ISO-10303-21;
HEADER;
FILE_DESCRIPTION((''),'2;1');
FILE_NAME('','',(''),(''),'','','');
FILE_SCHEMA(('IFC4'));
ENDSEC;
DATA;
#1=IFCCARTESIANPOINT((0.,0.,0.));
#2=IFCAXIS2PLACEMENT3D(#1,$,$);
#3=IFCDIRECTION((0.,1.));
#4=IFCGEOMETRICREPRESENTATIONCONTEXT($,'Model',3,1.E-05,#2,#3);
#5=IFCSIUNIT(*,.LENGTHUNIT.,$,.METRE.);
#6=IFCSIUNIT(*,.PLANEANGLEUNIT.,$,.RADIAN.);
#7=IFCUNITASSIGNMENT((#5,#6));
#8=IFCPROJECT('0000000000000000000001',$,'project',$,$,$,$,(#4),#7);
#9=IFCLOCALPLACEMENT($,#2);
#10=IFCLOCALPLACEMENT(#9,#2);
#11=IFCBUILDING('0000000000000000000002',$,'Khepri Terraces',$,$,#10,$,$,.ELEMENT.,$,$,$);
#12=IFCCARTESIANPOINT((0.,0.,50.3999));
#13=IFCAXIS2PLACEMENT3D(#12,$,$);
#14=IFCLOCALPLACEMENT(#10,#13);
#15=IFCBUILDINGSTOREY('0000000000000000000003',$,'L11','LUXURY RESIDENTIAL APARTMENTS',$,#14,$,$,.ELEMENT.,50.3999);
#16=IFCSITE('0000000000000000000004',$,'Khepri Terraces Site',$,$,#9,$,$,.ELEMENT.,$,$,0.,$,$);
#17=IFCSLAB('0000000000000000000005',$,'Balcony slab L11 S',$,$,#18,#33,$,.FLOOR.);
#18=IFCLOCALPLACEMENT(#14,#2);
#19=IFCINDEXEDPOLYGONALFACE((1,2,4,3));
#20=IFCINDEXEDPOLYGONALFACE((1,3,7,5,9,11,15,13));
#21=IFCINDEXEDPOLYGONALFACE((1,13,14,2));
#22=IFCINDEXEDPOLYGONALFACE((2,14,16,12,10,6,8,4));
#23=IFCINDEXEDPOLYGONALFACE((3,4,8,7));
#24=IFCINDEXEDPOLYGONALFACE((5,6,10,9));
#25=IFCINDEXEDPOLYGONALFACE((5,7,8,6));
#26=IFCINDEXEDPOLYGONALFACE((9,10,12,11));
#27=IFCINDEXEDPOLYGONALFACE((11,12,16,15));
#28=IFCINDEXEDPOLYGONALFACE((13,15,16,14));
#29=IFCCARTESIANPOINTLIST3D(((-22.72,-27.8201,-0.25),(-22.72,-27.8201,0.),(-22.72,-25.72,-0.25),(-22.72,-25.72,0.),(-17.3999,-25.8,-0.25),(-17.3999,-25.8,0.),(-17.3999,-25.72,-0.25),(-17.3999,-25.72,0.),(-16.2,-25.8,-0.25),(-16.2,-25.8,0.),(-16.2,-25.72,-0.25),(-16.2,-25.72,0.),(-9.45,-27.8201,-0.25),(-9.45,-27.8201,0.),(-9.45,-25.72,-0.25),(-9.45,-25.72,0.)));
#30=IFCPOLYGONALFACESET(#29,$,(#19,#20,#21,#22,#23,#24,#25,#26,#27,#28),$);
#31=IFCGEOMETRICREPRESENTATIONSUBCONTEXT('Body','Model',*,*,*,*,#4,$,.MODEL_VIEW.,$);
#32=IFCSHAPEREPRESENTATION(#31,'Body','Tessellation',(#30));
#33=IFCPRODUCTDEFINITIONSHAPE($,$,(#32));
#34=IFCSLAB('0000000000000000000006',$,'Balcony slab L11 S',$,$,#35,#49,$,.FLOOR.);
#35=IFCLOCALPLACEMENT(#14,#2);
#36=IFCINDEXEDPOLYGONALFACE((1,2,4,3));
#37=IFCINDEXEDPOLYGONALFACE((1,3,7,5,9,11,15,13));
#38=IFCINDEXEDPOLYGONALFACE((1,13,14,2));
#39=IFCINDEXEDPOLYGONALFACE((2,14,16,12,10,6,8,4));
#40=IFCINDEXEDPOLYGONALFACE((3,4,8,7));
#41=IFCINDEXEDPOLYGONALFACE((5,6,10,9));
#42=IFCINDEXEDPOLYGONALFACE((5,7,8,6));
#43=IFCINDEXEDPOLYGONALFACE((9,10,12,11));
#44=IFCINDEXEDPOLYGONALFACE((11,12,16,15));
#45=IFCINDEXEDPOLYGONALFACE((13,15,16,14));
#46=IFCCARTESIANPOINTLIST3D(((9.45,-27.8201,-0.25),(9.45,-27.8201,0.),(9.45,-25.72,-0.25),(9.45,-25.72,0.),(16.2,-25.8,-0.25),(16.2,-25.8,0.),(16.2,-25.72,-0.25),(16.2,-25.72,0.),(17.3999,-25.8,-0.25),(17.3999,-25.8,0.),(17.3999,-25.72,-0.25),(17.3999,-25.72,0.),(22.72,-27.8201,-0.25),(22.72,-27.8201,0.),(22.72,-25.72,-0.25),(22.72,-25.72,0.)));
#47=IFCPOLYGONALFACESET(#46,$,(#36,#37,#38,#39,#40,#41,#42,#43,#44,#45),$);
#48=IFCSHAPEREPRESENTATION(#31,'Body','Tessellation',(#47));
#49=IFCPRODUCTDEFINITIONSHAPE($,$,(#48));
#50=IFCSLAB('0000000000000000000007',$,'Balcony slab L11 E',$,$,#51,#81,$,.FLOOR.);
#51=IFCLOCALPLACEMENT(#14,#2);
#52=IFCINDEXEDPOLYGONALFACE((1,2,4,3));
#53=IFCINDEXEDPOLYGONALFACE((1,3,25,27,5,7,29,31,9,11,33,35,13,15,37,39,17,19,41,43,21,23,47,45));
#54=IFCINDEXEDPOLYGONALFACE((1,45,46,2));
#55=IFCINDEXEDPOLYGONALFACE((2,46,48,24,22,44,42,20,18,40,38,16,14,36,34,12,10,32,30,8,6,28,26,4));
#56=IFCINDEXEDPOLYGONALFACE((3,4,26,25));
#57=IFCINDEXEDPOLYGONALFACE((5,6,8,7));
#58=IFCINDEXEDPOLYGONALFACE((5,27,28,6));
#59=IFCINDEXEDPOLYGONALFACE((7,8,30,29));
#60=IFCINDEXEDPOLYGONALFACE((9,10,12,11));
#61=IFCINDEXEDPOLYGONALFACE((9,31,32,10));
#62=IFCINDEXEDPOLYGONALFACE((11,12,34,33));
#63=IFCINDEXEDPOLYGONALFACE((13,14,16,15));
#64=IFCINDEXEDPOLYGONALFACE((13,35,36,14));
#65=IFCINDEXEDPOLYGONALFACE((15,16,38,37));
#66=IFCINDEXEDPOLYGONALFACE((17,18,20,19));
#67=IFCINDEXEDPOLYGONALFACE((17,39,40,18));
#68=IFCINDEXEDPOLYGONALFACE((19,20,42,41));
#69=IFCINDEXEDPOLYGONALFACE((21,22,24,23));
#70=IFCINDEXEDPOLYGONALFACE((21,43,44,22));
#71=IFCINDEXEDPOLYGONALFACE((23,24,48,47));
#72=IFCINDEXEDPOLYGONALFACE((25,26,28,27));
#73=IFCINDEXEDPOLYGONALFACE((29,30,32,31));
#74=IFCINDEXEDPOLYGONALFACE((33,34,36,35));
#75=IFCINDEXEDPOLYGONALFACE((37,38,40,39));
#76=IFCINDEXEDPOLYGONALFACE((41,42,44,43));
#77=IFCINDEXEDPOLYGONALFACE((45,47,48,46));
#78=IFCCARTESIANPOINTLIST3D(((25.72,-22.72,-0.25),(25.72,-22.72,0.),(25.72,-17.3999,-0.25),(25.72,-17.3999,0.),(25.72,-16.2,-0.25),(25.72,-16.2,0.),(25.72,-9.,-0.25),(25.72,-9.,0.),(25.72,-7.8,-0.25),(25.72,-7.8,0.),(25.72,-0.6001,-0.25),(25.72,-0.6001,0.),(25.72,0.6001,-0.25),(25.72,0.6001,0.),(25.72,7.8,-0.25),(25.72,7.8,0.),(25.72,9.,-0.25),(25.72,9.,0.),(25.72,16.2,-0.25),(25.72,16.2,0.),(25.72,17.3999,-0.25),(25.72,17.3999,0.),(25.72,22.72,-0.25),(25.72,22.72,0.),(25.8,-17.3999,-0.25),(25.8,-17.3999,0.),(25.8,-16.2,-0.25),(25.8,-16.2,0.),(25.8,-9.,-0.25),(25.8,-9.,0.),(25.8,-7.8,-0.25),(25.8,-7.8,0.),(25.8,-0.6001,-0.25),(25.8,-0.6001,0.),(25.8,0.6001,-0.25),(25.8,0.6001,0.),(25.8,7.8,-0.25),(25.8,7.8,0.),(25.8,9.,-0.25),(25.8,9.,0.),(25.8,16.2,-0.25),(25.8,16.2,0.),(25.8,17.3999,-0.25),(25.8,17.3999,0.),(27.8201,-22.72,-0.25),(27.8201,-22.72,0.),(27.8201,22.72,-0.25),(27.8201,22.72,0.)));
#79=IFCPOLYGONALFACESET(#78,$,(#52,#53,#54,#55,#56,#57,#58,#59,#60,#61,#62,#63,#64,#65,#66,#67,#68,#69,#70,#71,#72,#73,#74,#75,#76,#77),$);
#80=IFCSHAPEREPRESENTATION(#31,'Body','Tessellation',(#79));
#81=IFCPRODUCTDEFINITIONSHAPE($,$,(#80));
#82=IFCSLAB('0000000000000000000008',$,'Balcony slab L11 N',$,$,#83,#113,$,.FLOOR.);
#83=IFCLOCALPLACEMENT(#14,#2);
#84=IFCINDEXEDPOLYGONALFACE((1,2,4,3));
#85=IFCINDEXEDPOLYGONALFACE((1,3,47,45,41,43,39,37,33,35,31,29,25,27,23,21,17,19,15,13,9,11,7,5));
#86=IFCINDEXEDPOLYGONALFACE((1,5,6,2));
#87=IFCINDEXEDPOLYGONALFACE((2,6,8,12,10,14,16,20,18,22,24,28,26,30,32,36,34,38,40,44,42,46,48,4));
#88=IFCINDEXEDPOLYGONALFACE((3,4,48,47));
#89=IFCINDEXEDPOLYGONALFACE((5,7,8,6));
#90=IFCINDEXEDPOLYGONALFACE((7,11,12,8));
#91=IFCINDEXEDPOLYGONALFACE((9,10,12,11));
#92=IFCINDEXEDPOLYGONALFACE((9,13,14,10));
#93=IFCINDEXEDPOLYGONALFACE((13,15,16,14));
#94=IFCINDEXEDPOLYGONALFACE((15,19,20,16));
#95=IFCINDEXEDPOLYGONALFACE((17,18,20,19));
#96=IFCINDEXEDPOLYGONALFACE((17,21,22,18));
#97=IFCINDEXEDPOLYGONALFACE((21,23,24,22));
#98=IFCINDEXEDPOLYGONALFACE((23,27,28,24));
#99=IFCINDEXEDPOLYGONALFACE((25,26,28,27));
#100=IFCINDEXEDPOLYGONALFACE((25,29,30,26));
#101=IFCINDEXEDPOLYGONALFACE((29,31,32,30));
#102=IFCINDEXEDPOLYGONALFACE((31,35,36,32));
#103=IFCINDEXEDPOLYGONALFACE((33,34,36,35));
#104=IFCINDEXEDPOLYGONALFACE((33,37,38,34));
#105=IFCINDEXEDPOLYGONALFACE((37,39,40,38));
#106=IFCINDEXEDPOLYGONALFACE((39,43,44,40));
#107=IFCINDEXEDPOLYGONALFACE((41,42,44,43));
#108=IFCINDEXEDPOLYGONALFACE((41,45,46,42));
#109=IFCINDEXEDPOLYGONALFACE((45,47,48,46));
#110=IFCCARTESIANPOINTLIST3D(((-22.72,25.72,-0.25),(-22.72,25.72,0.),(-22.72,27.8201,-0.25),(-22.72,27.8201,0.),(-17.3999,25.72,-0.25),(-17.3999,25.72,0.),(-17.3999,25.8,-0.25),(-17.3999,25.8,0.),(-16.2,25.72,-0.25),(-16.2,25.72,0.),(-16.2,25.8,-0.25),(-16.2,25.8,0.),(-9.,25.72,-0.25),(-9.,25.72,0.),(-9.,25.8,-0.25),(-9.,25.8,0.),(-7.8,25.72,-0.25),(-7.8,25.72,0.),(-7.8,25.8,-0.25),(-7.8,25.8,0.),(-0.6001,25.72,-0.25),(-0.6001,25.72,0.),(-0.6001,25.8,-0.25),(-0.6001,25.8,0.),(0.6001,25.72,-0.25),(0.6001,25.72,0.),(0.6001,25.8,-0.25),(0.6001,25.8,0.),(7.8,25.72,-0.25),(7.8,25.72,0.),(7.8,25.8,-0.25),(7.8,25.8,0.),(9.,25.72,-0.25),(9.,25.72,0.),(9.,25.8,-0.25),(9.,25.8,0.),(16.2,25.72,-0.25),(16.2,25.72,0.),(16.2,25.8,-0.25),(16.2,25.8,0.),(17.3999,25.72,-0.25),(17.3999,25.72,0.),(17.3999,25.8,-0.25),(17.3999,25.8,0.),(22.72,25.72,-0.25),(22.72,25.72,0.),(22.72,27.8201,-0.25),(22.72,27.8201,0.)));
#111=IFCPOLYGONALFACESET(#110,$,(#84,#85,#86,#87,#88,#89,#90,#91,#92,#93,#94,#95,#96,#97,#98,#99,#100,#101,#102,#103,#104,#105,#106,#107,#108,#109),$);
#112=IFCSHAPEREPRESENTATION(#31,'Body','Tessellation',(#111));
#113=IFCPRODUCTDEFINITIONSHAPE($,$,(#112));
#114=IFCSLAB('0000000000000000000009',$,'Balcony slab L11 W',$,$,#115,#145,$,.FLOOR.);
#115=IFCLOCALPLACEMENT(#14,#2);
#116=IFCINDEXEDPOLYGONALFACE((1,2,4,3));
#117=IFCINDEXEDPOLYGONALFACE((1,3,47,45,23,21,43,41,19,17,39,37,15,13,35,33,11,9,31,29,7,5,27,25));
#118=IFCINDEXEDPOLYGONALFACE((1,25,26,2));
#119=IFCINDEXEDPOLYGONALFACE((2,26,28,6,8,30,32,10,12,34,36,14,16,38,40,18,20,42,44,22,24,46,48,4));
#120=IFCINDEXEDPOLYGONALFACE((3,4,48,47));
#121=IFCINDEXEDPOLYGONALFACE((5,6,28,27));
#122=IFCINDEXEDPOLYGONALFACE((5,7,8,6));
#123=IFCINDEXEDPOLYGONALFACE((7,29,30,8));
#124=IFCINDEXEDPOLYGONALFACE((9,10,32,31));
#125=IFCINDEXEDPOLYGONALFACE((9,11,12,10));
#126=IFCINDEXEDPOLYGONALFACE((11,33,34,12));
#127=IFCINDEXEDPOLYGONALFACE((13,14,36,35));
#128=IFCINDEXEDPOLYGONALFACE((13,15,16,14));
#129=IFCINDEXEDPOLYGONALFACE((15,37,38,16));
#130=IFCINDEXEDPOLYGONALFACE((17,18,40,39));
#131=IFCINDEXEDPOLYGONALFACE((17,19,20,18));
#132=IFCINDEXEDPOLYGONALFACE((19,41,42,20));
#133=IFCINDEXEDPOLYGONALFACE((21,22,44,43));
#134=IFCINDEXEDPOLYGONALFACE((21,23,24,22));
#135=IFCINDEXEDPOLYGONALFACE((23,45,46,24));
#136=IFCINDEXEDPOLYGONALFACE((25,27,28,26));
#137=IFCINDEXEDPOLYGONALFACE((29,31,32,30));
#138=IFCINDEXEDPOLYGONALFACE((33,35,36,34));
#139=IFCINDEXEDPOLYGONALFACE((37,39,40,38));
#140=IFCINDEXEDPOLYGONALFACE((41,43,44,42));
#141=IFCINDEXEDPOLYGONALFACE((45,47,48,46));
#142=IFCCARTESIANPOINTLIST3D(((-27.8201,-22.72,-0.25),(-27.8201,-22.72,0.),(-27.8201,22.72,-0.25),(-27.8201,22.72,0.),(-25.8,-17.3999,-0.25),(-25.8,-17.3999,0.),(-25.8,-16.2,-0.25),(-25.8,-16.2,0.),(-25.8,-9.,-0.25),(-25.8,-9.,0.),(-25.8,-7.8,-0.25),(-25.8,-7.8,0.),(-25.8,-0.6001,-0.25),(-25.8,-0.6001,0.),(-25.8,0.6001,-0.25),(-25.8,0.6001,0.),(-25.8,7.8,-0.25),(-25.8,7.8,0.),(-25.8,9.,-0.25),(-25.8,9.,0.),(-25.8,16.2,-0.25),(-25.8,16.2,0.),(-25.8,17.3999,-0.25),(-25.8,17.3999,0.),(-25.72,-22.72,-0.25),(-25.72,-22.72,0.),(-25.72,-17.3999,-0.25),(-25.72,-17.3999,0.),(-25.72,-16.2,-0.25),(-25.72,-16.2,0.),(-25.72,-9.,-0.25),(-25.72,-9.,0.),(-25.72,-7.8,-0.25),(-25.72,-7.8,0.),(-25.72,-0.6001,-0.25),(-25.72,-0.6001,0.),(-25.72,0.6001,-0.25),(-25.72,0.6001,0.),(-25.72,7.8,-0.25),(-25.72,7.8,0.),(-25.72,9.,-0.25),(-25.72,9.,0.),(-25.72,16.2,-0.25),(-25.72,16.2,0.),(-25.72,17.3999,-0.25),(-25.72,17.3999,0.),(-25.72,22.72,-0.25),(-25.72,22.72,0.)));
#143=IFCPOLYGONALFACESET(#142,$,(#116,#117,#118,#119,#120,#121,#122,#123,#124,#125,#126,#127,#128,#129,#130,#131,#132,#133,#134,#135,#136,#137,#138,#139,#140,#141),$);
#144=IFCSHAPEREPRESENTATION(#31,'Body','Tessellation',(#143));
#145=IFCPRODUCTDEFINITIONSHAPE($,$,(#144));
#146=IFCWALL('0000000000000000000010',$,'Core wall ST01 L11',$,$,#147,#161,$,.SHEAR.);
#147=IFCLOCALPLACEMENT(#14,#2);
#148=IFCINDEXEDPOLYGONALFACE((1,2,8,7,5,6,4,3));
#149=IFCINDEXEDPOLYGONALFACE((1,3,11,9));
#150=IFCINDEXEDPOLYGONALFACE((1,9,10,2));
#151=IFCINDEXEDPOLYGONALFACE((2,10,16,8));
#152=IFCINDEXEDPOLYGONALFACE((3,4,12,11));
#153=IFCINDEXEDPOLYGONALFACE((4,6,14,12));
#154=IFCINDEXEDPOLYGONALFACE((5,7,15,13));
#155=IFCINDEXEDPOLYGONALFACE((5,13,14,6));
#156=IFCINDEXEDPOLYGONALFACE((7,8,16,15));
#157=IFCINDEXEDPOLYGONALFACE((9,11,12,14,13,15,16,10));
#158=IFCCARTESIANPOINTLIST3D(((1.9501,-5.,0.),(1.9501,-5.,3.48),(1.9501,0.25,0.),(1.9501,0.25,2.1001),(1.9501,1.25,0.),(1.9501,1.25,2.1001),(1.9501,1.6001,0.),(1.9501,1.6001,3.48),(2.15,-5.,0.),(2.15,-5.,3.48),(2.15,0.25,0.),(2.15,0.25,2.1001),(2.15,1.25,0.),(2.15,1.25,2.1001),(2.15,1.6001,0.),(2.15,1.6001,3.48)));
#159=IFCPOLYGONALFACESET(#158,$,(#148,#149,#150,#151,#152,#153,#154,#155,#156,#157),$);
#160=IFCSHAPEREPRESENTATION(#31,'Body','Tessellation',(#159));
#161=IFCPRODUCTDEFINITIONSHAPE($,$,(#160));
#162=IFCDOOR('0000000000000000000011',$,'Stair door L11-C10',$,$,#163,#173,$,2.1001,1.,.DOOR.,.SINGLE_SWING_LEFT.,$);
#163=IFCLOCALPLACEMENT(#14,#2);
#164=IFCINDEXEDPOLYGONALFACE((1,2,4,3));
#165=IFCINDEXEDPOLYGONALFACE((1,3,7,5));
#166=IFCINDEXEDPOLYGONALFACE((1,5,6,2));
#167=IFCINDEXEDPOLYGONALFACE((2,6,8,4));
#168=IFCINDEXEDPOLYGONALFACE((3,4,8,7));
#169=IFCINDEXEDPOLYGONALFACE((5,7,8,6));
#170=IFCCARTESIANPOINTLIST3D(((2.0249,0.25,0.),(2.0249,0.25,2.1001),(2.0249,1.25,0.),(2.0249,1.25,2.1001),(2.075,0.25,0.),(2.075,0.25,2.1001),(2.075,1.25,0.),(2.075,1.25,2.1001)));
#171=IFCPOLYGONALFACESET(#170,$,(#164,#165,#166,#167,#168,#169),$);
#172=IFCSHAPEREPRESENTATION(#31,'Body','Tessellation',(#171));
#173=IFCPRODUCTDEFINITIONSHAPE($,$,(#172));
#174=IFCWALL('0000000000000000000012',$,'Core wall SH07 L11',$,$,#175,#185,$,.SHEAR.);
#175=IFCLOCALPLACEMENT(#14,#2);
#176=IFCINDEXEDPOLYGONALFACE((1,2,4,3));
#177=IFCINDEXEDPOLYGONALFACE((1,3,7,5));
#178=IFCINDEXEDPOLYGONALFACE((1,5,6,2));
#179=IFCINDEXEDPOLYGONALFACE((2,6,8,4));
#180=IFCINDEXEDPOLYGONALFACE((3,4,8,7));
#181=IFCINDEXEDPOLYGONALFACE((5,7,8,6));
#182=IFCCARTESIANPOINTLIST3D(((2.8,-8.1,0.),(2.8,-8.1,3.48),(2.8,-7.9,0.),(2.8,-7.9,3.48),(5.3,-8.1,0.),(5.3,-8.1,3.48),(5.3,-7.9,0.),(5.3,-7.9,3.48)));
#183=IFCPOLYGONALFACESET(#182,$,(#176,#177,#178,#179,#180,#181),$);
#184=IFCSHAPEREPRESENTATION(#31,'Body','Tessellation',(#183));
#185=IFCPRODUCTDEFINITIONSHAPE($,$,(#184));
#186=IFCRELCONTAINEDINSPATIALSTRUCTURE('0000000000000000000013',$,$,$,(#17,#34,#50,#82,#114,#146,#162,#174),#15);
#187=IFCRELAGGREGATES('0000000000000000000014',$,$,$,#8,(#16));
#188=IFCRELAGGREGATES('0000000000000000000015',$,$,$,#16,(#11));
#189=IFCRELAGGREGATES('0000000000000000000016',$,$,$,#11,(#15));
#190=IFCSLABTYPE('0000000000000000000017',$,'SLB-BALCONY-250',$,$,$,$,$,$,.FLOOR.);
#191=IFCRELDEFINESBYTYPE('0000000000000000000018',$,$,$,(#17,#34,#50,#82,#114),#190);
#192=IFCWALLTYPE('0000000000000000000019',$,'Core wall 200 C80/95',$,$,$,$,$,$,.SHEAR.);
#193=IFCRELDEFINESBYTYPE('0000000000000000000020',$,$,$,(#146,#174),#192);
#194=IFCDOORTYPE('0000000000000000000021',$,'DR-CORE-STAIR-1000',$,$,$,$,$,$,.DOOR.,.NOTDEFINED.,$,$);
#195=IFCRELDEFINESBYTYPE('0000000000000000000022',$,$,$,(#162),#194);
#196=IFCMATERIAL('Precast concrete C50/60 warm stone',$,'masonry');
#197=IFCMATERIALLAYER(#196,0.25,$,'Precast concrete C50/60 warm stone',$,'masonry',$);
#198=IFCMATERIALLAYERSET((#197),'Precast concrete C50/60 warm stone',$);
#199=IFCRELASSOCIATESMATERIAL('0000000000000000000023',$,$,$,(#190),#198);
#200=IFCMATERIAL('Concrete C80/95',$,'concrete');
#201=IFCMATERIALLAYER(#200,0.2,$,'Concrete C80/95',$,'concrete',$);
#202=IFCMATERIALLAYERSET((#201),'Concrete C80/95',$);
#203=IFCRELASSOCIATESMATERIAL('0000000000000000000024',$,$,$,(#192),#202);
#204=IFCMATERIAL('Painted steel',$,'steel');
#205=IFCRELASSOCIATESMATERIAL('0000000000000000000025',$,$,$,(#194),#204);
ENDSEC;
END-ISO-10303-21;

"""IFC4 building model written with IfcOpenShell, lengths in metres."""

from ifc_helpers import new_model, si_unit, direction, frame, frame_2d, origin, place, context, subcontext, project, spatial, polyline, rectangle, outline, extrude, material, layer, layer_set, type_object, element, fill, save


model = new_model("IFC4")

# Units and contexts
model_context = context("Model", 3, precision=1e-05, world=origin(), true_north=direction((0.0, 1.0)))
body_context = subcontext(model_context, "Body", "Model", "MODEL_VIEW")
ifc_project = project(units=[si_unit("LENGTHUNIT", "METRE"), si_unit("PLANEANGLEUNIT", "RADIAN")], contexts=[model_context])

# Site, building, storey
site_placement = place(None, origin())
site = spatial("IfcSite", under=ifc_project, at=site_placement, Name="Khepri Terraces Site", CompositionType="ELEMENT", RefElevation=0.0)
building_placement = place(site_placement, origin())
building = spatial("IfcBuilding", under=site, at=building_placement, Name="Khepri Terraces", CompositionType="ELEMENT")
storey_placement = place(building_placement, frame((0.0, 0.0, 50.3999)))
storey = spatial("IfcBuildingStorey", under=building, at=storey_placement, Name="L11", Description="LUXURY RESIDENTIAL APARTMENTS", CompositionType="ELEMENT", Elevation=50.3999)

# Slabs
ifc_material_1 = material(Name="Precast concrete C50/60 warm stone", Category="masonry")
ifc_layer_1 = layer(ifc_material_1, 0.25, Name="Precast concrete C50/60 warm stone", Category="masonry")
ifc_layer_set_1 = layer_set([ifc_layer_1], Name="Precast concrete C50/60 warm stone")
slab_type = type_object("IfcSlabType", Name="SLB-BALCONY-250", PredefinedType="FLOOR", material=ifc_layer_set_1)
slab_1_placement = place(storey_placement, frame((0.0, 0.0, -0.25)))
element("IfcSlab", 1, at=slab_1_placement, inside=storey, type_object=slab_type, Name="Balcony slab L11 S", PredefinedType="FLOOR", context=body_context, shape_type="SweptSolid", body=[
    extrude(outline(polyline([(-17.3999, -25.72), (-22.72, -25.72), (-22.72, -27.8201), (-9.45, -27.8201), (-9.45, -25.72), (-16.2, -25.72), (-16.2, -25.8), (-17.3999, -25.8), (-17.3999, -25.72)])), origin(), (0.0, 0.0, 1.0), 0.25),
])
slab_2_placement = place(storey_placement, frame((0.0, 0.0, -0.25)))
element("IfcSlab", 2, at=slab_2_placement, inside=storey, type_object=slab_type, Name="Balcony slab L11 S", PredefinedType="FLOOR", context=body_context, shape_type="SweptSolid", body=[
    extrude(outline(polyline([(16.2, -25.72), (9.45, -25.72), (9.45, -27.8201), (22.72, -27.8201), (22.72, -25.72), (17.3999, -25.72), (17.3999, -25.8), (16.2, -25.8), (16.2, -25.72)])), origin(), (0.0, 0.0, 1.0), 0.25),
])
slab_3_placement = place(storey_placement, frame((0.0, 0.0, -0.25)))
element("IfcSlab", 3, at=slab_3_placement, inside=storey, type_object=slab_type, Name="Balcony slab L11 E", PredefinedType="FLOOR", context=body_context, shape_type="SweptSolid", body=[
    extrude(outline(polyline([(25.72, -17.3999), (25.72, -22.72), (27.8201, -22.72), (27.8201, 22.72), (25.72, 22.72), (25.72, 17.3999), (25.8, 17.3999), (25.8, 16.2), (25.72, 16.2), (25.72, 9.0), (25.8, 9.0), (25.8, 7.8), (25.72, 7.8), (25.72, 0.6001), (25.8, 0.6001), (25.8, -0.6001), (25.72, -0.6001), (25.72, -7.8), (25.8, -7.8), (25.8, -9.0), (25.72, -9.0), (25.72, -16.2), (25.8, -16.2), (25.8, -17.3999), (25.72, -17.3999)])), origin(), (0.0, 0.0, 1.0), 0.25),
])
slab_4_placement = place(storey_placement, frame((0.0, 0.0, -0.25)))
element("IfcSlab", 4, at=slab_4_placement, inside=storey, type_object=slab_type, Name="Balcony slab L11 N", PredefinedType="FLOOR", context=body_context, shape_type="SweptSolid", body=[
    extrude(outline(polyline([(17.3999, 25.72), (22.72, 25.72), (22.72, 27.8201), (-22.72, 27.8201), (-22.72, 25.72), (-17.3999, 25.72), (-17.3999, 25.8), (-16.2, 25.8), (-16.2, 25.72), (-9.0, 25.72), (-9.0, 25.8), (-7.8, 25.8), (-7.8, 25.72), (-0.6001, 25.72), (-0.6001, 25.8), (0.6001, 25.8), (0.6001, 25.72), (7.8, 25.72), (7.8, 25.8), (9.0, 25.8), (9.0, 25.72), (16.2, 25.72), (16.2, 25.8), (17.3999, 25.8), (17.3999, 25.72)])), origin(), (0.0, 0.0, 1.0), 0.25),
])
slab_5_placement = place(storey_placement, frame((0.0, 0.0, -0.25)))
element("IfcSlab", 5, at=slab_5_placement, inside=storey, type_object=slab_type, Name="Balcony slab L11 W", PredefinedType="FLOOR", context=body_context, shape_type="SweptSolid", body=[
    extrude(outline(polyline([(-25.72, 17.3999), (-25.72, 22.72), (-27.8201, 22.72), (-27.8201, -22.72), (-25.72, -22.72), (-25.72, -17.3999), (-25.8, -17.3999), (-25.8, -16.2), (-25.72, -16.2), (-25.72, -9.0), (-25.8, -9.0), (-25.8, -7.8), (-25.72, -7.8), (-25.72, -0.6001), (-25.8, -0.6001), (-25.8, 0.6001), (-25.72, 0.6001), (-25.72, 7.8), (-25.8, 7.8), (-25.8, 9.0), (-25.72, 9.0), (-25.72, 16.2), (-25.8, 16.2), (-25.8, 17.3999), (-25.72, 17.3999)])), origin(), (0.0, 0.0, 1.0), 0.25),
])

# Wall, opening, door
ifc_material_2 = material(Name="Concrete C80/95", Category="concrete")
ifc_layer_2 = layer(ifc_material_2, 0.2, Name="Concrete C80/95", Category="concrete")
ifc_layer_set_2 = layer_set([ifc_layer_2], Name="Concrete C80/95")
wall_type_1 = type_object("IfcWallType", Name="Core wall 200 C80/95", PredefinedType="SHEAR", material=ifc_layer_set_2)
wall_1_placement = place(storey_placement, frame((2.05, -5.0, 0.0), z_axis=(0.0, 0.0, 1.0), x_axis=(0.0, 1.0, 0.0)))
wall_1 = element("IfcWall", 6, at=wall_1_placement, inside=storey, type_object=wall_type_1, Name="Core wall ST01 L11", PredefinedType="SHEAR", context=body_context, shape_type="SweptSolid", body=[
    extrude(rectangle(XDim=6.6001, YDim=0.2, at=frame_2d((3.3, 0.0))), origin(), (0.0, 0.0, 1.0), 3.48),
])
opening_1_placement = place(wall_1_placement, frame((5.25, 0.0, 0.0)))
opening_1 = element("IfcOpeningElement", 7, at=opening_1_placement, cuts=wall_1, PredefinedType="OPENING", context=body_context, shape_type="SweptSolid", body=[
    extrude(rectangle(XDim=1.0, YDim=2.1001, at=frame_2d((0.5, 1.05))), frame((0.0, 0.1099, 0.0), z_axis=(0.0, -1.0, 0.0), x_axis=(1.0, 0.0, 0.0)), (0.0, 0.0, 1.0), 0.22),
])
ifc_material_3 = material(Name="Painted steel", Category="steel")
door_type_1 = type_object("IfcDoorType", Name="DR-CORE-STAIR-1000", OperationType="NOTDEFINED", PredefinedType="DOOR", material=ifc_material_3)
door_1_placement = place(opening_1_placement, frame((1.0, 0.0, 0.0), z_axis=(0.0, 0.0, 1.0), x_axis=(-1.0, 0.0, 0.0)))
door_1 = element("IfcDoor", 8, at=door_1_placement, inside=storey, type_object=door_type_1, Name="Stair door L11-C10", OperationType="SINGLE_SWING_LEFT", OverallHeight=2.1001, OverallWidth=1.0, PredefinedType="DOOR", context=body_context, shape_type="SweptSolid", body=[
    extrude(rectangle(XDim=1.0, YDim=2.1001, at=frame_2d((0.5, 1.05))), frame((0.0, 0.0249, 0.0), z_axis=(0.0, -1.0, 0.0), x_axis=(1.0, 0.0, 0.0)), (0.0, 0.0, 1.0), 0.05),
])
fill(opening_1, door_1)

# Wall
wall_2_placement = place(storey_placement, frame((2.8, -8.0, 0.0), z_axis=(0.0, 0.0, 1.0), x_axis=(1.0, 0.0, 0.0)))
element("IfcWall", 9, at=wall_2_placement, inside=storey, type_object=wall_type_1, Name="Core wall SH07 L11", PredefinedType="SHEAR", context=body_context, shape_type="SweptSolid", body=[
    extrude(rectangle(XDim=2.5, YDim=0.2, at=frame_2d((1.25, 0.0))), origin(), (0.0, 0.0, 1.0), 3.48),
])

save(model, "model.ifc")
